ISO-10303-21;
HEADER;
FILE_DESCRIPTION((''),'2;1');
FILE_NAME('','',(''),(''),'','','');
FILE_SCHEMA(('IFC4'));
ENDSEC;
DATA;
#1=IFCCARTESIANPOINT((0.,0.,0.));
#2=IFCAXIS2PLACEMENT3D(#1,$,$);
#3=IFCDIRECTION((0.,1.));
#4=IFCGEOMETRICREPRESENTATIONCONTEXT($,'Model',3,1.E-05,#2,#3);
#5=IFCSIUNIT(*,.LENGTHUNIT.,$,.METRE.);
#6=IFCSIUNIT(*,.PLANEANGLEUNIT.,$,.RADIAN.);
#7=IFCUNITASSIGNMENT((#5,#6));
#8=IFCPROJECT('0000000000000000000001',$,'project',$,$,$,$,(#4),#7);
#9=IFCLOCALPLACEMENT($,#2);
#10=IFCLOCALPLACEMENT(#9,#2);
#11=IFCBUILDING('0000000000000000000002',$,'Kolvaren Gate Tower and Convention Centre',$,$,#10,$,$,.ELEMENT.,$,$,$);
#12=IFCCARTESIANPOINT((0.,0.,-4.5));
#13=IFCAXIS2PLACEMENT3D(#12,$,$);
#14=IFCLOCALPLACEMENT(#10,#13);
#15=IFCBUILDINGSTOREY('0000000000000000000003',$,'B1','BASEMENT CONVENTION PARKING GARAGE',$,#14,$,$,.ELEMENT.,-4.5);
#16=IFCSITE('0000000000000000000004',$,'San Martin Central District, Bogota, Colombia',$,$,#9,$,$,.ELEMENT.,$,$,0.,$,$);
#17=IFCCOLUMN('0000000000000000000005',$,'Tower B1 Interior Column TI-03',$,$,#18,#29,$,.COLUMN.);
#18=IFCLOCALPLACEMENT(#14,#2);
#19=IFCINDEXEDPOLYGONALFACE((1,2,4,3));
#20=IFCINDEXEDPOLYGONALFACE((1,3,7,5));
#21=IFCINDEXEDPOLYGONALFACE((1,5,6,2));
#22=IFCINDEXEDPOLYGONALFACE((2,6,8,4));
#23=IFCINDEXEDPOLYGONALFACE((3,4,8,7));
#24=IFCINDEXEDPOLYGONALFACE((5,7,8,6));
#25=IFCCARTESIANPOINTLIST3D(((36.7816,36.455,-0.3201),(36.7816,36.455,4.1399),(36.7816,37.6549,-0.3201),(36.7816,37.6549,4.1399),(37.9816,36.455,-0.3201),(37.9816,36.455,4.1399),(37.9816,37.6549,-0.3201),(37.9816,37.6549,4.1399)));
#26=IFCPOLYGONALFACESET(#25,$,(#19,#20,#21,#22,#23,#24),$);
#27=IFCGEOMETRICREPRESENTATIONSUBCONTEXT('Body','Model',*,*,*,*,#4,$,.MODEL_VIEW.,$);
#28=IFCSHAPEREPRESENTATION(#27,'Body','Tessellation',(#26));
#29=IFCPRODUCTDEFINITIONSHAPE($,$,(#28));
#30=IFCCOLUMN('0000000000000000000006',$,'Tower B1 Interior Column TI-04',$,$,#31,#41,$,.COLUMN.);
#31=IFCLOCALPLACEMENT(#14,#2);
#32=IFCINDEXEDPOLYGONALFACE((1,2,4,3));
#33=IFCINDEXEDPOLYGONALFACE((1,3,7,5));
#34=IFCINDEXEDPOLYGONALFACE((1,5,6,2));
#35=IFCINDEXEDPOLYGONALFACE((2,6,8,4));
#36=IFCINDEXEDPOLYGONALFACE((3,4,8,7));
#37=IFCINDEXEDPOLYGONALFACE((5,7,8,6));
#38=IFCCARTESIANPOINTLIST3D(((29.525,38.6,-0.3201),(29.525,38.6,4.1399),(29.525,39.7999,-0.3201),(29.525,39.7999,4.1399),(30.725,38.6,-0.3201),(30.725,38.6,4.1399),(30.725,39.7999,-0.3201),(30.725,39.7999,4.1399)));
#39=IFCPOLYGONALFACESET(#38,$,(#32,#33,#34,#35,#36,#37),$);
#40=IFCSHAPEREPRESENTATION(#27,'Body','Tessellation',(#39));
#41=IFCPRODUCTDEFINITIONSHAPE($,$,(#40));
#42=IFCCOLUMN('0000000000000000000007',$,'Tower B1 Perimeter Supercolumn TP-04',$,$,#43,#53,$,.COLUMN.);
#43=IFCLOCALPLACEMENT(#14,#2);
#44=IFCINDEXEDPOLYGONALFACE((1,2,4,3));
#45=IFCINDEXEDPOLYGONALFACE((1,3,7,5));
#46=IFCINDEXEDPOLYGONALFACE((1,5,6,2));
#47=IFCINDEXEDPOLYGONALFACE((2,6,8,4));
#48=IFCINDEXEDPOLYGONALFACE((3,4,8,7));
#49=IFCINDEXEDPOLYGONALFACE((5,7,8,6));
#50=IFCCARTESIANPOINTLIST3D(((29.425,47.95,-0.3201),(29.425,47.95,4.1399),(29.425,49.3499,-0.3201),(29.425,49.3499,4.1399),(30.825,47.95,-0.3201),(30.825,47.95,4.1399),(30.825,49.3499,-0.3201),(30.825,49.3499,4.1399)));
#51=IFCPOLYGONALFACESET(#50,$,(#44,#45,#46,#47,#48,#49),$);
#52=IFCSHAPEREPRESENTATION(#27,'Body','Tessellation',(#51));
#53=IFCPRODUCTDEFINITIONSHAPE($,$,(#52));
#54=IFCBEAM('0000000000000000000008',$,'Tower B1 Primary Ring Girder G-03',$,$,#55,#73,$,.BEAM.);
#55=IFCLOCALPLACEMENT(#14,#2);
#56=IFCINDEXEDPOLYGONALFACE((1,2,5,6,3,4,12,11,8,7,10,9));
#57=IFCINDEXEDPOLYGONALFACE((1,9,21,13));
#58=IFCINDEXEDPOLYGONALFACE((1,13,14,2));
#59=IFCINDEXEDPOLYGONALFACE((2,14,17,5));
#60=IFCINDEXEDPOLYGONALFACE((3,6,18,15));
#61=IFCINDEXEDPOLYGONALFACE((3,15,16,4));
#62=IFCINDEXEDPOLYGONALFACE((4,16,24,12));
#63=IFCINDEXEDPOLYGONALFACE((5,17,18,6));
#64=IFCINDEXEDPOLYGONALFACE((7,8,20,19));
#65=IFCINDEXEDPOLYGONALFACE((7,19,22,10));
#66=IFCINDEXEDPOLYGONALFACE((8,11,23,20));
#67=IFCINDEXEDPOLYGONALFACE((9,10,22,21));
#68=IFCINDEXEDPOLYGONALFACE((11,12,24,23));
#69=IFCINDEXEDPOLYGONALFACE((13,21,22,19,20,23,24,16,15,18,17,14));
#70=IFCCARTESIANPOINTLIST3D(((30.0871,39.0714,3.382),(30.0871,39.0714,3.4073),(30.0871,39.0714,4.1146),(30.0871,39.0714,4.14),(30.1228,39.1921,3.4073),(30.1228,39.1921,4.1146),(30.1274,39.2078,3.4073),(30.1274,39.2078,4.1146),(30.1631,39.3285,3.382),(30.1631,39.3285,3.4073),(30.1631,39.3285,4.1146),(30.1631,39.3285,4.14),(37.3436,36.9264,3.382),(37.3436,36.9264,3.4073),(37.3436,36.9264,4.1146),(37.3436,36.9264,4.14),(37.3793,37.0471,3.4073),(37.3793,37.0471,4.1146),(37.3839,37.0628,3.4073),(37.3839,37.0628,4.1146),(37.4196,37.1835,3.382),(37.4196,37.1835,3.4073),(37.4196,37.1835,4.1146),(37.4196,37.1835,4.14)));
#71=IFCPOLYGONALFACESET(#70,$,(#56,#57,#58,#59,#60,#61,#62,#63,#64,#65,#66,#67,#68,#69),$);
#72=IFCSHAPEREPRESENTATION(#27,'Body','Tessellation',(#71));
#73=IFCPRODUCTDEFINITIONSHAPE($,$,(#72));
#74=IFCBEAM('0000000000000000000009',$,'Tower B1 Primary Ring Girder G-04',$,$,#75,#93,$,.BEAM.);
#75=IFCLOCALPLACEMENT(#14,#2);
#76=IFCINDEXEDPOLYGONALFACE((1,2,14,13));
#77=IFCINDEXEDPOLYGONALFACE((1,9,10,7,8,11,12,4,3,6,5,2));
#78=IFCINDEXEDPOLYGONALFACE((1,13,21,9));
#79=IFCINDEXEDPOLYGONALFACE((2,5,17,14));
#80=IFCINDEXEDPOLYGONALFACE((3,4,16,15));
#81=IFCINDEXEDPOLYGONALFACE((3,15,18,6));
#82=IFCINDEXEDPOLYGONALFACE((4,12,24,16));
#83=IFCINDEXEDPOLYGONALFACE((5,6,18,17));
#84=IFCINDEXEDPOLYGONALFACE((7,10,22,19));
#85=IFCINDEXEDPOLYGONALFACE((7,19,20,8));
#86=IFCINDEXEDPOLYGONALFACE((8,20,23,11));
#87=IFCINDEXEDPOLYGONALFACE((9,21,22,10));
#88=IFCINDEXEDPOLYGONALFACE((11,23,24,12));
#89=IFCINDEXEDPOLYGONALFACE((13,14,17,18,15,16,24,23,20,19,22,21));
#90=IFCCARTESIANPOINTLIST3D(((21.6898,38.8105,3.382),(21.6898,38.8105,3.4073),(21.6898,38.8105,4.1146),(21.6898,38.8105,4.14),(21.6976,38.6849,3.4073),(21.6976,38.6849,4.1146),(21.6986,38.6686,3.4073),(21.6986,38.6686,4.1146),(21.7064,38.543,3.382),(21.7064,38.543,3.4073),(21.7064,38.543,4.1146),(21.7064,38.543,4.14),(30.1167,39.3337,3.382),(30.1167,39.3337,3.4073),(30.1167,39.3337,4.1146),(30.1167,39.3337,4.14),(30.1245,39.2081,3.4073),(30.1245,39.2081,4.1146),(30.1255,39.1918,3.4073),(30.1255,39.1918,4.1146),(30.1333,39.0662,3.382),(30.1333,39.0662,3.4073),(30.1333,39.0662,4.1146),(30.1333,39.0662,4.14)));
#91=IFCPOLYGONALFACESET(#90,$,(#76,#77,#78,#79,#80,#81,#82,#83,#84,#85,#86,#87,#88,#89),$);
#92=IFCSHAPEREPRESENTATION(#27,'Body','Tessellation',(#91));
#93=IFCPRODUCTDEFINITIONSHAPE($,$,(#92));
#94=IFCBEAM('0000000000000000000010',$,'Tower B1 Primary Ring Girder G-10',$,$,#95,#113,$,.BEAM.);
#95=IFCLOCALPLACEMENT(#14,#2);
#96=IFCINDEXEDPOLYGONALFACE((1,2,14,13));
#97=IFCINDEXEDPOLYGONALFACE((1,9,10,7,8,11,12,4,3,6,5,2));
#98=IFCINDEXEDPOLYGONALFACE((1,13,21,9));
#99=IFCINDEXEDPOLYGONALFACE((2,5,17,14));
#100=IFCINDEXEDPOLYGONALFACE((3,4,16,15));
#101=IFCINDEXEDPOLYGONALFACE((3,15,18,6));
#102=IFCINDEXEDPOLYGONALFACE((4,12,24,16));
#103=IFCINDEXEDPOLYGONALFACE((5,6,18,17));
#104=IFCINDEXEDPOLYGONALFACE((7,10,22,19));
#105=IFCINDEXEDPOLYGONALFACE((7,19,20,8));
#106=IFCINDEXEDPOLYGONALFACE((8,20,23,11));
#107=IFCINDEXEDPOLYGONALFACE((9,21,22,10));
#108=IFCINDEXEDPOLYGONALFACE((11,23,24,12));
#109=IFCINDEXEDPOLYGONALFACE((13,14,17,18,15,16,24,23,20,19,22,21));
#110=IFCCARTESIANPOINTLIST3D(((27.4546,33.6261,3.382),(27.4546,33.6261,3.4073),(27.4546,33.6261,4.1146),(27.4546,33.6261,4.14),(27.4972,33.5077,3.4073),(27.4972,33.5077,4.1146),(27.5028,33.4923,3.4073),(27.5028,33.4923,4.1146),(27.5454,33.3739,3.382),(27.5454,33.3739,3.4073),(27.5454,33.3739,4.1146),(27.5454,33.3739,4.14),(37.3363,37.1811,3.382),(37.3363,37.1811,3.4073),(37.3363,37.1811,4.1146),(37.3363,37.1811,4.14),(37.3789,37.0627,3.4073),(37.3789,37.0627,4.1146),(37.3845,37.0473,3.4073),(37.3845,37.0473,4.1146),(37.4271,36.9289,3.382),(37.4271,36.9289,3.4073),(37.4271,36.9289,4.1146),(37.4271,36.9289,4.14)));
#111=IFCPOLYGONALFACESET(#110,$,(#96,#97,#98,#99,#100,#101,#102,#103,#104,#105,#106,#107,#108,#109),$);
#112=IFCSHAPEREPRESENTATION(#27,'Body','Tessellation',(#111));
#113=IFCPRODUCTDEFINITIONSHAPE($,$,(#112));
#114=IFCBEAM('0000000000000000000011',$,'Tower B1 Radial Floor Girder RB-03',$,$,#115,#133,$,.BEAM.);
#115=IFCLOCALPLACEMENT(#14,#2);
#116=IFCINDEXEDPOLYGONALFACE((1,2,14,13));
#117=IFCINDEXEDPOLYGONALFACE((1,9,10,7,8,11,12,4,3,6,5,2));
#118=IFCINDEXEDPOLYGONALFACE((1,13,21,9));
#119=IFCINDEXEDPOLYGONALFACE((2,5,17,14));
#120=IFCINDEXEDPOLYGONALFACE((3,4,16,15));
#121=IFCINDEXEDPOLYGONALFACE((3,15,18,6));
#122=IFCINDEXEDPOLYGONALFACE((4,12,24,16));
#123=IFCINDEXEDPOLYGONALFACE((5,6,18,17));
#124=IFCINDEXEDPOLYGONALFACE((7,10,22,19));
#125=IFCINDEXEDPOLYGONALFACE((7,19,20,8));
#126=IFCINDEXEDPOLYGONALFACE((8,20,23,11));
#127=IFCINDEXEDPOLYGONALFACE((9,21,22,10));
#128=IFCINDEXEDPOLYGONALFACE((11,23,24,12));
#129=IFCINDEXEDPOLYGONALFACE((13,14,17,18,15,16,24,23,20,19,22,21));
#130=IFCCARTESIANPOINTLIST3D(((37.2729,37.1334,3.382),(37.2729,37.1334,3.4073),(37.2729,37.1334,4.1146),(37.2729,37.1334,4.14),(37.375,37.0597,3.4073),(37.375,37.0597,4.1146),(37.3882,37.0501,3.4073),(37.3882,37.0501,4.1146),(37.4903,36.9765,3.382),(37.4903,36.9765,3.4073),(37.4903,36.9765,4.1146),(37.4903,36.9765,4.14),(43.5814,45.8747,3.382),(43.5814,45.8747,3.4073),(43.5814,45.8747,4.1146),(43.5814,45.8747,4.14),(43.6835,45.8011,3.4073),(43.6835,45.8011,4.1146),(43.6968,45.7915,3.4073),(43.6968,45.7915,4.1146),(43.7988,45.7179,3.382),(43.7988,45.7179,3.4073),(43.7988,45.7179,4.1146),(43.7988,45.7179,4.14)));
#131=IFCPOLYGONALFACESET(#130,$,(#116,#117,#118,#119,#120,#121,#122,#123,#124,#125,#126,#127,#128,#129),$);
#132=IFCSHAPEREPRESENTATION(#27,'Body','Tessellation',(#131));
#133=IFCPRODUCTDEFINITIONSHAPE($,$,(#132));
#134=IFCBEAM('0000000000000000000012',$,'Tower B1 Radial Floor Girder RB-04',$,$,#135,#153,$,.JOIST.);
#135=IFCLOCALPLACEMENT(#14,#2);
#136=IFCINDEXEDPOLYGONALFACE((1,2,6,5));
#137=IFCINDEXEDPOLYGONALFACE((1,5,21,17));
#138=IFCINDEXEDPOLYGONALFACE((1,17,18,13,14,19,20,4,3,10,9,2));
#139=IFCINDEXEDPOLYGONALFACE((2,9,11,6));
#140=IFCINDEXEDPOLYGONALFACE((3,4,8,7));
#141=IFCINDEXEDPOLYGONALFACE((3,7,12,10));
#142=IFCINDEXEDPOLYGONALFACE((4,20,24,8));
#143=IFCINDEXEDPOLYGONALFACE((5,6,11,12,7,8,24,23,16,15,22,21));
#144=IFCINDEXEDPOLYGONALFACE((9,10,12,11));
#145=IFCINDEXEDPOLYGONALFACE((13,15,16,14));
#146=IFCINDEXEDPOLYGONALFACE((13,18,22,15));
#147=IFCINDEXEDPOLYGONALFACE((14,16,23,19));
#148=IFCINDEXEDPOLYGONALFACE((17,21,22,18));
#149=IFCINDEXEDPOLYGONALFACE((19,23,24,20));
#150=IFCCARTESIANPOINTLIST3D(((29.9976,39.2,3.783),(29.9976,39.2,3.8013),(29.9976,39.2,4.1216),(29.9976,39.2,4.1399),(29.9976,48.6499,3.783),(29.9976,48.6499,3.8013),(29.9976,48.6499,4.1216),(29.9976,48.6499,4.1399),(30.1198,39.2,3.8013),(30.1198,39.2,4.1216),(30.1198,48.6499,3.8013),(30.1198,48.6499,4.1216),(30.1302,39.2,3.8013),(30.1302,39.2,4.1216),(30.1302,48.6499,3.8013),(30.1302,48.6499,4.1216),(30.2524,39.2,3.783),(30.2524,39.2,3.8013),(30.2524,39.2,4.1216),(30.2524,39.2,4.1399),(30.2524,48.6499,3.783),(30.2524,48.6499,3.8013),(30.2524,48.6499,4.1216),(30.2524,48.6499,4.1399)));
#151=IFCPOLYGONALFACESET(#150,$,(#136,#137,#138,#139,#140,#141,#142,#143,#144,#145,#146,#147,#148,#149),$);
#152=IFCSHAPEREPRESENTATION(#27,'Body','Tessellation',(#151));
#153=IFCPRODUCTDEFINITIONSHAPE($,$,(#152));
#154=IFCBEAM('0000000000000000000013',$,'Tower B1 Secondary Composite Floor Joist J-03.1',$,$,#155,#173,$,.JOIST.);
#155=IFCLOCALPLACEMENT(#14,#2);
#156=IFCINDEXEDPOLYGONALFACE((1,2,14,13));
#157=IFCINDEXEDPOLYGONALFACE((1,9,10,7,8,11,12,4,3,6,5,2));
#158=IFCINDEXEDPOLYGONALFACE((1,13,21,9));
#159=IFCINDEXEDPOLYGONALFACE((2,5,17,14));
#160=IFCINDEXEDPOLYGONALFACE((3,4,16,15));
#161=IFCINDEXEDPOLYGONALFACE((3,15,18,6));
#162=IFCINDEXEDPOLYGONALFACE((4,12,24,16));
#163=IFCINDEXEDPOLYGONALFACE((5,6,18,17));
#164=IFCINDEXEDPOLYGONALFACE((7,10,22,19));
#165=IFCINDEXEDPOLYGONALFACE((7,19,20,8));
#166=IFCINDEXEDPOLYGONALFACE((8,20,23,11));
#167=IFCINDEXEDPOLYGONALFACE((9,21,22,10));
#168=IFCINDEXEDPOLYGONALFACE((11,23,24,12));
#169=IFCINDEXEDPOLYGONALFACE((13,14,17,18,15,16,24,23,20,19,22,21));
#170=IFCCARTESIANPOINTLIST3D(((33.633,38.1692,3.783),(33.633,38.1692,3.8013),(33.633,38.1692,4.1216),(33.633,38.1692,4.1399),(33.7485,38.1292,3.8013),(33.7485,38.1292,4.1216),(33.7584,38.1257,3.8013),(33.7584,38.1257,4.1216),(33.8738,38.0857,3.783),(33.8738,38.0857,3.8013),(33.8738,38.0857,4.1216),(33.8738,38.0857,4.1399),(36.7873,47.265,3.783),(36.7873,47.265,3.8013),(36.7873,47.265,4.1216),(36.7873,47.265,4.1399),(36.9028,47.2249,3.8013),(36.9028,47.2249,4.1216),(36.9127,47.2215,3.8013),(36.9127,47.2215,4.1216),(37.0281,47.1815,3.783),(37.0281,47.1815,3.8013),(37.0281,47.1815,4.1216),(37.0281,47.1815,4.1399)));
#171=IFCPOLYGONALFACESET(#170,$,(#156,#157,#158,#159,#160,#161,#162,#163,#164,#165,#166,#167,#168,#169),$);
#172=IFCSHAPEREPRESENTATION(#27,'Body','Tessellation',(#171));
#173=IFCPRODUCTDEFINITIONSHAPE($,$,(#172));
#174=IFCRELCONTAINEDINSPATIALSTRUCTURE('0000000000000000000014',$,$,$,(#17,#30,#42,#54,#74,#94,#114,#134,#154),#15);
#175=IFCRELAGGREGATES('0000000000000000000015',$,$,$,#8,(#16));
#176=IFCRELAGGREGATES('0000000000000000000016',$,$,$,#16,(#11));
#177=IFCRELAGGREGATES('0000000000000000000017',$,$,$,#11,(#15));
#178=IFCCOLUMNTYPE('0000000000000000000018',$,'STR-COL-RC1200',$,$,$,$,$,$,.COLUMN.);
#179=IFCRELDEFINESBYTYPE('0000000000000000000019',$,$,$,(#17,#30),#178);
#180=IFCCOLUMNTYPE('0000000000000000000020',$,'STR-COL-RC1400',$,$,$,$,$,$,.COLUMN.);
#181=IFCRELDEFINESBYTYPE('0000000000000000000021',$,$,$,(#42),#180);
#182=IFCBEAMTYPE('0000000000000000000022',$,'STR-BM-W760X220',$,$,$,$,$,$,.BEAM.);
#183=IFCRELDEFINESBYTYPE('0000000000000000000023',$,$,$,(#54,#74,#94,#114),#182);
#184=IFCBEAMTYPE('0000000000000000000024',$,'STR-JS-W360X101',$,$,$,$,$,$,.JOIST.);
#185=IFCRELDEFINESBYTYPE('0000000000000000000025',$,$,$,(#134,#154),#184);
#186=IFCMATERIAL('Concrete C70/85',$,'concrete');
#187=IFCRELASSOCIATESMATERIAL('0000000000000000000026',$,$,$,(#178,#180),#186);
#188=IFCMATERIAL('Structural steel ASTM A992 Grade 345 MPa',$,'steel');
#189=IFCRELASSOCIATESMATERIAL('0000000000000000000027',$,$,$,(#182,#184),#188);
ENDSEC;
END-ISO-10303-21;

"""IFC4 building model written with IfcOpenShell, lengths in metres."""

from ifc_helpers import new_model, si_unit, direction, frame, origin, origin_2d, place, context, subcontext, project, spatial, rectangle, i_section, extrude, material, material_profile, profile_set, type_object, element, save


model = new_model("IFC4")

# Units and contexts
model_context = context("Model", 3, precision=1e-05, world=origin(), true_north=direction((0.0, 1.0)))
body_context = subcontext(model_context, "Body", "Model", "MODEL_VIEW")
ifc_project = project(units=[si_unit("LENGTHUNIT", "METRE"), si_unit("PLANEANGLEUNIT", "RADIAN")], contexts=[model_context])

# Site, building, storey
site_placement = place(None, origin())
site = spatial("IfcSite", under=ifc_project, at=site_placement, Name="San Martin Central District, Bogota, Colombia", CompositionType="ELEMENT", RefElevation=0.0)
building_placement = place(site_placement, origin())
building = spatial("IfcBuilding", under=site, at=building_placement, Name="Kolvaren Gate Tower and Convention Centre", CompositionType="ELEMENT")
storey_placement = place(building_placement, frame((0.0, 0.0, -4.5)))
storey = spatial("IfcBuildingStorey", under=building, at=storey_placement, Name="B1", Description="BASEMENT CONVENTION PARKING GARAGE", CompositionType="ELEMENT", Elevation=-4.5)

# Columns
ifc_material_1 = material(Name="Concrete C70/85", Category="concrete")
ifc_material_profile_1 = material_profile(ifc_material_1, rectangle(XDim=1.2, YDim=1.2, at=origin_2d()), Name="RC-COL-1200X1200")
ifc_profile_set_1 = profile_set([ifc_material_profile_1], Name="Concrete C70/85")
column_type_1 = type_object("IfcColumnType", Name="STR-COL-RC1200", PredefinedType="COLUMN", material=ifc_profile_set_1)
for number, where, z_axis, x_axis, name in (
    (1, (37.3816, 37.0549, -0.3201), (0.0, 0.0, 1.0), (1.0, 0.0, 0.0), "Tower B1 Interior Column TI-03"),
    (2, (30.125, 39.2, -0.3201), (0.0, 0.0, 1.0), (1.0, 0.0, 0.0), "Tower B1 Interior Column TI-04"),
):
    element("IfcColumn", number, at=place(storey_placement, frame(where, z_axis=z_axis, x_axis=x_axis)), inside=storey, type_object=column_type_1, Name=name, PredefinedType="COLUMN", context=body_context, shape_type="SweptSolid", body=[
        extrude(rectangle(XDim=1.2, YDim=1.2, at=origin_2d()), origin(), (0.0, 0.0, 1.0), 4.46),
    ])
ifc_material_profile_2 = material_profile(ifc_material_1, rectangle(XDim=1.3999, YDim=1.3999, at=origin_2d()), Name="RC-COL-1400X1400")
ifc_profile_set_2 = profile_set([ifc_material_profile_2], Name="Concrete C70/85")
column_type_2 = type_object("IfcColumnType", Name="STR-COL-RC1400", PredefinedType="COLUMN", material=ifc_profile_set_2)
column_placement = place(storey_placement, frame((30.125, 48.6499, -0.3201), z_axis=(0.0, 0.0, 1.0), x_axis=(1.0, 0.0, 0.0)))
element("IfcColumn", 3, at=column_placement, inside=storey, type_object=column_type_2, Name="Tower B1 Perimeter Supercolumn TP-04", PredefinedType="COLUMN", context=body_context, shape_type="SweptSolid", body=[
    extrude(rectangle(XDim=1.3999, YDim=1.3999, at=origin_2d()), origin(), (0.0, 0.0, 1.0), 4.46),
])

# Beams
ifc_material_2 = material(Name="Structural steel ASTM A992 Grade 345 MPa", Category="steel")
ifc_material_profile_3 = material_profile(ifc_material_2, i_section(OverallWidth=0.2681, OverallDepth=0.7581, WebThickness=0.0164, FlangeThickness=0.0254, at=origin_2d()), Name="W760X220")
ifc_profile_set_3 = profile_set([ifc_material_profile_3], Name="Structural steel ASTM A992 Grade 345 MPa")
beam_type_1 = type_object("IfcBeamType", Name="STR-BM-W760X220", PredefinedType="BEAM", material=ifc_profile_set_3)
beam_1_placement = place(storey_placement, frame((37.3816, 37.0549, 3.761), z_axis=(-0.958981, 0.283471, 0.0), x_axis=(-0.283471, -0.958981, 0.0)))
element("IfcBeam", 4, at=beam_1_placement, inside=storey, type_object=beam_type_1, Name="Tower B1 Primary Ring Girder G-03", PredefinedType="BEAM", context=body_context, shape_type="SweptSolid", body=[
    extrude(i_section(OverallWidth=0.2681, OverallDepth=0.7581, WebThickness=0.0164, FlangeThickness=0.0254, at=origin_2d()), origin(), (0.0, 0.0, 1.0), 7.5669),
])
beam_2_placement = place(storey_placement, frame((30.125, 39.2, 3.761), z_axis=(-0.998078, -0.061966, 0.0), x_axis=(0.061966, -0.998078, 0.0)))
element("IfcBeam", 5, at=beam_2_placement, inside=storey, type_object=beam_type_1, Name="Tower B1 Primary Ring Girder G-04", PredefinedType="BEAM", context=body_context, shape_type="SweptSolid", body=[
    extrude(i_section(OverallWidth=0.2681, OverallDepth=0.7581, WebThickness=0.0164, FlangeThickness=0.0254, at=origin_2d()), origin(), (0.0, 0.0, 1.0), 8.4431),
])
beam_3_placement = place(storey_placement, frame((27.5, 33.5, 3.761), z_axis=(0.940961, 0.338514, 0.0), x_axis=(-0.338514, 0.940961, 0.0)))
element("IfcBeam", 6, at=beam_3_placement, inside=storey, type_object=beam_type_1, Name="Tower B1 Primary Ring Girder G-10", PredefinedType="BEAM", context=body_context, shape_type="SweptSolid", body=[
    extrude(i_section(OverallWidth=0.2681, OverallDepth=0.7581, WebThickness=0.0164, FlangeThickness=0.0254, at=origin_2d()), origin(), (0.0, 0.0, 1.0), 10.5017),
])
beam_4_placement = place(storey_placement, frame((37.3816, 37.0549, 3.761), z_axis=(0.585205, 0.810885, 0.0), x_axis=(-0.810885, 0.585205, 0.0)))
element("IfcBeam", 7, at=beam_4_placement, inside=storey, type_object=beam_type_1, Name="Tower B1 Radial Floor Girder RB-03", PredefinedType="BEAM", context=body_context, shape_type="SweptSolid", body=[
    extrude(i_section(OverallWidth=0.2681, OverallDepth=0.7581, WebThickness=0.0164, FlangeThickness=0.0254, at=origin_2d()), origin(), (0.0, 0.0, 1.0), 10.78),
])
ifc_material_profile_4 = material_profile(ifc_material_2, i_section(OverallWidth=0.2549, OverallDepth=0.3569, WebThickness=0.0105, FlangeThickness=0.0183, at=origin_2d()), Name="W360X101")
ifc_profile_set_4 = profile_set([ifc_material_profile_4], Name="Structural steel ASTM A992 Grade 345 MPa")
beam_type_2 = type_object("IfcBeamType", Name="STR-JS-W360X101", PredefinedType="JOIST", material=ifc_profile_set_4)
beam_5_placement = place(storey_placement, frame((30.125, 39.2, 3.9614), z_axis=(0.0, 1.0, 0.0), x_axis=(-1.0, 0.0, 0.0)))
element("IfcBeam", 8, at=beam_5_placement, inside=storey, type_object=beam_type_2, Name="Tower B1 Radial Floor Girder RB-04", PredefinedType="JOIST", context=body_context, shape_type="SweptSolid", body=[
    extrude(i_section(OverallWidth=0.2549, OverallDepth=0.3569, WebThickness=0.0105, FlangeThickness=0.0183, at=origin_2d()), origin(), (0.0, 0.0, 1.0), 9.45),
])
beam_6_placement = place(storey_placement, frame((33.7534, 38.1274, 3.9614), z_axis=(0.327647, 0.9448, 0.0), x_axis=(-0.9448, 0.327647, 0.0)))
element("IfcBeam", 9, at=beam_6_placement, inside=storey, type_object=beam_type_2, Name="Tower B1 Secondary Composite Floor Joist J-03.1", PredefinedType="JOIST", context=body_context, shape_type="SweptSolid", body=[
    extrude(i_section(OverallWidth=0.2549, OverallDepth=0.3569, WebThickness=0.0105, FlangeThickness=0.0183, at=origin_2d()), origin(), (0.0, 0.0, 1.0), 9.6272),
])

save(model, "model.ifc")
